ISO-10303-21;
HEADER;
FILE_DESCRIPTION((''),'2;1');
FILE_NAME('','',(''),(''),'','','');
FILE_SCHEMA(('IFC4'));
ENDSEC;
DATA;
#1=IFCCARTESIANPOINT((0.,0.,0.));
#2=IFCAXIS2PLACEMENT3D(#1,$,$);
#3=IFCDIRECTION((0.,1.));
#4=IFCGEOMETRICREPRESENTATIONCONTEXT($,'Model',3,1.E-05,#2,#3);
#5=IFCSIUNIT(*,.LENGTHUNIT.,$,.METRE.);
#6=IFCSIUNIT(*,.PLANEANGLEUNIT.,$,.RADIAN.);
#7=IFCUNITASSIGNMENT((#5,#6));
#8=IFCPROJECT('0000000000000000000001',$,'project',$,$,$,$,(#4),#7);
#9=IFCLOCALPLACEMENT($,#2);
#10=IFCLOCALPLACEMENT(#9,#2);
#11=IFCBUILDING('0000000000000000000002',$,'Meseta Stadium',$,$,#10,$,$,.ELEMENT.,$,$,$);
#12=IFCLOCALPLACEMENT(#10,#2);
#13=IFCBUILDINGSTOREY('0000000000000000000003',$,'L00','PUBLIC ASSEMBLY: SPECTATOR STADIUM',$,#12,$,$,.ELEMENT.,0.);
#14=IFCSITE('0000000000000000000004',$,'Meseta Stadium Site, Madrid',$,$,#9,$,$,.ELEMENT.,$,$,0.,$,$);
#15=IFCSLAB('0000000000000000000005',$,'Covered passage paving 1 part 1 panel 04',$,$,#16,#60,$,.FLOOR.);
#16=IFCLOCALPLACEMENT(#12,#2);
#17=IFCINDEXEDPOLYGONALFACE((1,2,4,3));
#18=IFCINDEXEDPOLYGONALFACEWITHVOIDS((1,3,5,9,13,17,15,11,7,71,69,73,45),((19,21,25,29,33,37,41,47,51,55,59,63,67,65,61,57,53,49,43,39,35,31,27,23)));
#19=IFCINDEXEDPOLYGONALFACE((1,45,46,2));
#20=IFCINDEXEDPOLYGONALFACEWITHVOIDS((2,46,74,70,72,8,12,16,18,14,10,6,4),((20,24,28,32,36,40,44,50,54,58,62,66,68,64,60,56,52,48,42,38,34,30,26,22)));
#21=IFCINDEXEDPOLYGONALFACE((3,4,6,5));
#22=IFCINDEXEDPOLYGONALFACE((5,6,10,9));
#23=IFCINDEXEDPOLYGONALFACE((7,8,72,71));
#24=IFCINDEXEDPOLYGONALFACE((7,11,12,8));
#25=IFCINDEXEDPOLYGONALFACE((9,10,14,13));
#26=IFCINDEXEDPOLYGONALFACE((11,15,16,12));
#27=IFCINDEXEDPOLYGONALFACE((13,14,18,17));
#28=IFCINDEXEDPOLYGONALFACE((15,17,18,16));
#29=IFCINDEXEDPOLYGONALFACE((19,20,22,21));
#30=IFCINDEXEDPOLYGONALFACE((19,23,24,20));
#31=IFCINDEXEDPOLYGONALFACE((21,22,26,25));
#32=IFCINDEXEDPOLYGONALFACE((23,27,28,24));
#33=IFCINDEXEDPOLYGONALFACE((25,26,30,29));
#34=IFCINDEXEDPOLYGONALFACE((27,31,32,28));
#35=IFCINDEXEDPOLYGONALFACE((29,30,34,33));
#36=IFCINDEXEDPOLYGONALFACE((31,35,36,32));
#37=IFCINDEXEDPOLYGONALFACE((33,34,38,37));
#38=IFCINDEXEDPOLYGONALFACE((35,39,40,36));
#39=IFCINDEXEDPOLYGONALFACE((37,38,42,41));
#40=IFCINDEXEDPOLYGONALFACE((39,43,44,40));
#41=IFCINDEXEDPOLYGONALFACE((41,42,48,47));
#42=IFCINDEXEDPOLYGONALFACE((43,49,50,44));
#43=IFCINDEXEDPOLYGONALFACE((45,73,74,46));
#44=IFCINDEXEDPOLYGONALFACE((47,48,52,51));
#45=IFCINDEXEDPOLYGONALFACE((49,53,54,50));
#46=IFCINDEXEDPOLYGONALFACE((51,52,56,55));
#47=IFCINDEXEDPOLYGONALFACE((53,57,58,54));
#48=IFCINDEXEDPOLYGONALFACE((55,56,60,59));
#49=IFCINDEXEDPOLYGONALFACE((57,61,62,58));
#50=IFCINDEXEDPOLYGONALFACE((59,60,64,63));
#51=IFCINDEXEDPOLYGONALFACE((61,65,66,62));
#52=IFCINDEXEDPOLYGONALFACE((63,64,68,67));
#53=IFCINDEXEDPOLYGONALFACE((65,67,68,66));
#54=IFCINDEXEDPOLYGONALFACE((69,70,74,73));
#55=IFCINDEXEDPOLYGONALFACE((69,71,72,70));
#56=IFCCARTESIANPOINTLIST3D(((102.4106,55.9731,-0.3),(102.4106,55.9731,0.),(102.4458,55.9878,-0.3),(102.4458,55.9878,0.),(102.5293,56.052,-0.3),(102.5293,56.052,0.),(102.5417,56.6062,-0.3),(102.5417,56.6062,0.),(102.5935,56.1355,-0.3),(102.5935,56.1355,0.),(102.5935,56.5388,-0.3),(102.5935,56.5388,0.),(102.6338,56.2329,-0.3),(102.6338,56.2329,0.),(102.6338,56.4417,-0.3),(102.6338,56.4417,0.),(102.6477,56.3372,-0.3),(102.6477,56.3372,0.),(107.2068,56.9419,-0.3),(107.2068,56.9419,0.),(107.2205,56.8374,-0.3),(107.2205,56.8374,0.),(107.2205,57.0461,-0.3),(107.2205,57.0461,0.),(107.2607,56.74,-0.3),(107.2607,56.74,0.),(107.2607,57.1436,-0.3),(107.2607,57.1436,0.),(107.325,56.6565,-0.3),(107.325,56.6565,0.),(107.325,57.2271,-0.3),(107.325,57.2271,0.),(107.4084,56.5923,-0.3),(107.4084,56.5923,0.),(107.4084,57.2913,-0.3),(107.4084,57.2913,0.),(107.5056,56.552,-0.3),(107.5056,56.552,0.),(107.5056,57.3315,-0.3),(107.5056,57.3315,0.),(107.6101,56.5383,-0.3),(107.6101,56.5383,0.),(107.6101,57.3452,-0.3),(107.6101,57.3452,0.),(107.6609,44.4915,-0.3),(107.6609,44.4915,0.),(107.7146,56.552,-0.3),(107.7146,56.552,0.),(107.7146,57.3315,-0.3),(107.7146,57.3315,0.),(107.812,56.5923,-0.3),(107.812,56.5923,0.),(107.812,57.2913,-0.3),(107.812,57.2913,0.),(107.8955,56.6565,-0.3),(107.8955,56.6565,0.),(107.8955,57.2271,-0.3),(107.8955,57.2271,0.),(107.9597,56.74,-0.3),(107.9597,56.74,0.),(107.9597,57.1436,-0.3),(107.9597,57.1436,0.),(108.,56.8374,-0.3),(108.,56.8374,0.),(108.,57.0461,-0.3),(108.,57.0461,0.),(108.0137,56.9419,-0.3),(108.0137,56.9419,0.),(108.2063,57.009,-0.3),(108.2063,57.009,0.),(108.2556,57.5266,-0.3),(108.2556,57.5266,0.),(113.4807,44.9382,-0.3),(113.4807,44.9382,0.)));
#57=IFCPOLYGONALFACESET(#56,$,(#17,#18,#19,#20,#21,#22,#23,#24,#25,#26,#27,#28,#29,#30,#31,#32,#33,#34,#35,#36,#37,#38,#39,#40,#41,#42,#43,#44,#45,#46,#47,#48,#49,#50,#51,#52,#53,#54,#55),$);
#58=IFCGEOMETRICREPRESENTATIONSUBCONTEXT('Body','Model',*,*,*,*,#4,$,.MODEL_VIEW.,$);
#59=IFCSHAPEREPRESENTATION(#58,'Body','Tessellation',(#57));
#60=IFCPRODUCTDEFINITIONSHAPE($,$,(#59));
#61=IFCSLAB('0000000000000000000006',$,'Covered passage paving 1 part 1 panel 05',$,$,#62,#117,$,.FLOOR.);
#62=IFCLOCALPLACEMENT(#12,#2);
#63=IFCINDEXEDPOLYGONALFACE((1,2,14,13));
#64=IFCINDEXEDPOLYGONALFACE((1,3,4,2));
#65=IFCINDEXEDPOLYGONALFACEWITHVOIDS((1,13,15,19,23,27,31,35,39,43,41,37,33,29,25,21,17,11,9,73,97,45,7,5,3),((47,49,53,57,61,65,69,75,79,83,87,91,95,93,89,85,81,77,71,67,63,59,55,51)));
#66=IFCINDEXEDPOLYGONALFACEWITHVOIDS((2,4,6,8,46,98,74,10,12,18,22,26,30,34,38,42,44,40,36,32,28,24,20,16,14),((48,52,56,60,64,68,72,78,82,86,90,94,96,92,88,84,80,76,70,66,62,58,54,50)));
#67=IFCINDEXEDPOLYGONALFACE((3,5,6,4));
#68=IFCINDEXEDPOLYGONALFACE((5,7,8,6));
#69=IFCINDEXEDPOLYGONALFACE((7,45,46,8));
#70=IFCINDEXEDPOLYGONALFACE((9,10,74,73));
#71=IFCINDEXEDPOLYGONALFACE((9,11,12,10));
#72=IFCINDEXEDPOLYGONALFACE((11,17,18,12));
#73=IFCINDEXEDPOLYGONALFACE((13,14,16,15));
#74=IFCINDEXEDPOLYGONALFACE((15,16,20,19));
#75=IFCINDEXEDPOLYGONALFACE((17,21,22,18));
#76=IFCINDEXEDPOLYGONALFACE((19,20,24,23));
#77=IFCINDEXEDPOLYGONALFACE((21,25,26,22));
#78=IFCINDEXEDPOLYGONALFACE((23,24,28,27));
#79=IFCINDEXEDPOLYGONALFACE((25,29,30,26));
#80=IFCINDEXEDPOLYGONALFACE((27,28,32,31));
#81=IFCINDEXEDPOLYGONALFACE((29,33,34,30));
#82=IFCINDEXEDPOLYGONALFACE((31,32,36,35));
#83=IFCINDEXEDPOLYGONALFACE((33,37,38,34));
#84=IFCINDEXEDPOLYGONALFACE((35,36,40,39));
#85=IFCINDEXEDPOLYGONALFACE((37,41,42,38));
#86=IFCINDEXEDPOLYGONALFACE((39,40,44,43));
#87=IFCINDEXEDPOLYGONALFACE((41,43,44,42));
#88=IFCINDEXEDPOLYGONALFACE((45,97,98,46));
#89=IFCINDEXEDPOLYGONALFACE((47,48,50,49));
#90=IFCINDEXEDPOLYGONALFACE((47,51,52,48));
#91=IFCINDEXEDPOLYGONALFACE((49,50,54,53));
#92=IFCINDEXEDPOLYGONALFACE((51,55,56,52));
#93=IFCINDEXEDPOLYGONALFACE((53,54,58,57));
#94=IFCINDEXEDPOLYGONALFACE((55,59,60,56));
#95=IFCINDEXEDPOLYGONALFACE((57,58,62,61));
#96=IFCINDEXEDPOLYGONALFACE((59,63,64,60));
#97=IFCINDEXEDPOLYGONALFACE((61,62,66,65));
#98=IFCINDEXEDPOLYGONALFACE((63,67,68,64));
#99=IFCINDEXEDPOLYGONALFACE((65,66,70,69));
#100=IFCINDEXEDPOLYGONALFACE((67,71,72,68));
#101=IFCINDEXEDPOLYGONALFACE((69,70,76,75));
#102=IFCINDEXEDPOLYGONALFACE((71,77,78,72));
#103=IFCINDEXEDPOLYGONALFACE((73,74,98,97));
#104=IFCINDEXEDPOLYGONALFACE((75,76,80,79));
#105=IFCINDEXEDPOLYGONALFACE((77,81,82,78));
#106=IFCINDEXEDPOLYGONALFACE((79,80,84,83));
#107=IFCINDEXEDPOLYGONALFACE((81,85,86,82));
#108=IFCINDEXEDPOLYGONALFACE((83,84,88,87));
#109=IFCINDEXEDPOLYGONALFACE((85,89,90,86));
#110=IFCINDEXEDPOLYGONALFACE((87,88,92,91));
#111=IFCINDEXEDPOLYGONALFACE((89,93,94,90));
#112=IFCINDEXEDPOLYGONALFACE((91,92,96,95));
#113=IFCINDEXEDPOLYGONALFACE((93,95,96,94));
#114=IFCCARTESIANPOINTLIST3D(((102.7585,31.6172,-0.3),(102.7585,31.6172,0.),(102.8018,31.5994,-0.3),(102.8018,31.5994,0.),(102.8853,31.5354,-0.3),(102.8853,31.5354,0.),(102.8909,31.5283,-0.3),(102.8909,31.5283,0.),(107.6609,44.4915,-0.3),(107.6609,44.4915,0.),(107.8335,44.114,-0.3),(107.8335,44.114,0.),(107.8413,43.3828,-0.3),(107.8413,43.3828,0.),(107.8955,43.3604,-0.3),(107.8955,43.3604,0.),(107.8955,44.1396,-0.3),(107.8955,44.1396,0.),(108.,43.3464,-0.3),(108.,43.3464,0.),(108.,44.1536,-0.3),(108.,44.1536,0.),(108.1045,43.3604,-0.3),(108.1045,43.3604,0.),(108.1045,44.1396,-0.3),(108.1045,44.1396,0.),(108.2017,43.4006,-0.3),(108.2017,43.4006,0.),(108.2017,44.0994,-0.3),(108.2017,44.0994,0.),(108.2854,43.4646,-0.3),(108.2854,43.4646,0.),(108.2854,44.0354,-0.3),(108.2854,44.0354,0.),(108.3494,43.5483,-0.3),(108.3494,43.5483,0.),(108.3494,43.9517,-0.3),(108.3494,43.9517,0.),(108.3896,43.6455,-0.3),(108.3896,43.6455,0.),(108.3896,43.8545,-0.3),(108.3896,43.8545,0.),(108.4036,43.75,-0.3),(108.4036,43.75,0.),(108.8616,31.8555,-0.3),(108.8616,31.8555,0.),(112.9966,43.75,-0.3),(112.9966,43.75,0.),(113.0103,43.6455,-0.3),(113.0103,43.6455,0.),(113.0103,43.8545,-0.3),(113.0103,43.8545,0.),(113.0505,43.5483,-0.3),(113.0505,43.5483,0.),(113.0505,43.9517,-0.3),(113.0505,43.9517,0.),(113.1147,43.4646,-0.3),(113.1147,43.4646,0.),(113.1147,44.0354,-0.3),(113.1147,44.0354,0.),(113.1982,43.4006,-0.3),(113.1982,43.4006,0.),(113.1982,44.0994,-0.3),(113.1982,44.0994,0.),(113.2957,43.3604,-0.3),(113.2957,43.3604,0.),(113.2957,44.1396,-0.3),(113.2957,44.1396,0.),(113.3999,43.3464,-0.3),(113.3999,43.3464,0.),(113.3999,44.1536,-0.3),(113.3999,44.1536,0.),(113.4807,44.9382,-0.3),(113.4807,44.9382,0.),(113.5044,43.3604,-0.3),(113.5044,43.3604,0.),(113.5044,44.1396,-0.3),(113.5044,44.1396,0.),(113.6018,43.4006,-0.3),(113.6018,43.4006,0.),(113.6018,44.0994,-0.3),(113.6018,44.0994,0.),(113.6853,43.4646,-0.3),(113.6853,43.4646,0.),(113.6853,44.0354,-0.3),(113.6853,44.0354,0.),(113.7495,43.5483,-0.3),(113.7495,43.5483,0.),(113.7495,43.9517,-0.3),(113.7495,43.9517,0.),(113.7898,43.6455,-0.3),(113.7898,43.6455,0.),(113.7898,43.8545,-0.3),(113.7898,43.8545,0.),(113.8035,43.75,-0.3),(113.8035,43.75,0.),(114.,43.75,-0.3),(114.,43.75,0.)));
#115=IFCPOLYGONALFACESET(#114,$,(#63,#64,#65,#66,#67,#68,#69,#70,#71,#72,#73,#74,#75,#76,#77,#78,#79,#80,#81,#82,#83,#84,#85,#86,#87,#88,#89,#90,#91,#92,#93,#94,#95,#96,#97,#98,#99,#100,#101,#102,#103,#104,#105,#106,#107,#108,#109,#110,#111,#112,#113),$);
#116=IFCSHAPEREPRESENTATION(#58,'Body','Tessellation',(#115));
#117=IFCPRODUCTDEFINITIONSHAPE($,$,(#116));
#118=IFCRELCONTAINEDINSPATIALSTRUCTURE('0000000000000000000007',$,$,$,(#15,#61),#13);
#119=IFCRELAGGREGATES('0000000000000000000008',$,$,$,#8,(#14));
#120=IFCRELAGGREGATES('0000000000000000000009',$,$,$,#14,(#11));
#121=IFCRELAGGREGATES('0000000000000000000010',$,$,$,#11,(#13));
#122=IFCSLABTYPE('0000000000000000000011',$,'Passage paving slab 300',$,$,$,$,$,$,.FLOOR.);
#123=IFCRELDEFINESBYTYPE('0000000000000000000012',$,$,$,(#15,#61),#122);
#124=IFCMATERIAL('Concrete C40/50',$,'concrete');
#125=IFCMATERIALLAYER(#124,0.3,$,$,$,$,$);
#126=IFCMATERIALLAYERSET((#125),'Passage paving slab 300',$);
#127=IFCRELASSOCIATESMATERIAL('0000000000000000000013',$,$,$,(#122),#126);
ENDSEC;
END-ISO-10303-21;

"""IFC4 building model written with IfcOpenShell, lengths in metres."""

from ifc_helpers import new_model, si_unit, direction, frame, origin, place, context, subcontext, project, spatial, polyline, outline, extrude, material, layer, layer_set, type_object, element, save


model = new_model("IFC4")

# Units and contexts
model_context = context("Model", 3, precision=1e-05, world=origin(), true_north=direction((0.0, 1.0)))
body_context = subcontext(model_context, "Body", "Model", "MODEL_VIEW")
ifc_project = project(units=[si_unit("LENGTHUNIT", "METRE"), si_unit("PLANEANGLEUNIT", "RADIAN")], contexts=[model_context])

# Site, building, storey
site_placement = place(None, origin())
site = spatial("IfcSite", under=ifc_project, at=site_placement, Name="Meseta Stadium Site, Madrid", CompositionType="ELEMENT", RefElevation=0.0)
building_placement = place(site_placement, origin())
building = spatial("IfcBuilding", under=site, at=building_placement, Name="Meseta Stadium", CompositionType="ELEMENT")
storey_placement = place(building_placement, origin())
storey = spatial("IfcBuildingStorey", under=building, at=storey_placement, Name="L00", Description="PUBLIC ASSEMBLY: SPECTATOR STADIUM", CompositionType="ELEMENT", Elevation=0.0)

# Slabs
ifc_material_1 = material(Name="Concrete C40/50", Category="concrete")
ifc_layer_1 = layer(ifc_material_1, 0.3)
ifc_layer_set_1 = layer_set([ifc_layer_1], Name="Passage paving slab 300")
slab_type_1 = type_object("IfcSlabType", Name="Passage paving slab 300", PredefinedType="FLOOR", material=ifc_layer_set_1)
slab_1_placement = place(storey_placement, frame((0.0, 0.0, -0.3)))
element("IfcSlab", 1, at=slab_1_placement, inside=storey, type_object=slab_type_1, Name="Covered passage paving 1 part 1 panel 04", PredefinedType="FLOOR", context=body_context, shape_type="SweptSolid", body=[
    extrude(outline(polyline([(113.4807, 44.9382), (108.2063, 57.009), (108.2556, 57.5266), (102.5417, 56.6062), (102.5935, 56.5388), (102.6338, 56.4417), (102.6477, 56.3372), (102.6338, 56.2329), (102.5935, 56.1355), (102.5293, 56.052), (102.4458, 55.9878), (102.4106, 55.9731), (107.6609, 44.4915), (113.4807, 44.9382)]), holes=[polyline([(107.7146, 56.552), (107.6101, 56.5383), (107.5056, 56.552), (107.4084, 56.5923), (107.325, 56.6565), (107.2607, 56.74), (107.2205, 56.8374), (107.2068, 56.9419), (107.2205, 57.0461), (107.2607, 57.1436), (107.325, 57.2271), (107.4084, 57.2913), (107.5056, 57.3315), (107.6101, 57.3452), (107.7146, 57.3315), (107.812, 57.2913), (107.8955, 57.2271), (107.9597, 57.1436), (108.0, 57.0461), (108.0137, 56.9419), (108.0, 56.8374), (107.9597, 56.74), (107.8955, 56.6565), (107.812, 56.5923), (107.7146, 56.552)])]), origin(), (0.0, 0.0, 1.0), 0.3),
])
slab_2_placement = place(storey_placement, frame((0.0, 0.0, -0.3)))
element("IfcSlab", 2, at=slab_2_placement, inside=storey, type_object=slab_type_1, Name="Covered passage paving 1 part 1 panel 05", PredefinedType="FLOOR", context=body_context, shape_type="SweptSolid", body=[
    extrude(outline(polyline([(108.8616, 31.8555), (114.0, 43.75), (113.4807, 44.9382), (107.6609, 44.4915), (107.8335, 44.114), (107.8955, 44.1396), (108.0, 44.1536), (108.1045, 44.1396), (108.2017, 44.0994), (108.2854, 44.0354), (108.3494, 43.9517), (108.3896, 43.8545), (108.4036, 43.75), (108.3896, 43.6455), (108.3494, 43.5483), (108.2854, 43.4646), (108.2017, 43.4006), (108.1045, 43.3604), (108.0, 43.3464), (107.8955, 43.3604), (107.8413, 43.3828), (102.7585, 31.6172), (102.8018, 31.5994), (102.8853, 31.5354), (102.8909, 31.5283), (108.8616, 31.8555)]), holes=[polyline([(113.5044, 43.3604), (113.3999, 43.3464), (113.2957, 43.3604), (113.1982, 43.4006), (113.1147, 43.4646), (113.0505, 43.5483), (113.0103, 43.6455), (112.9966, 43.75), (113.0103, 43.8545), (113.0505, 43.9517), (113.1147, 44.0354), (113.1982, 44.0994), (113.2957, 44.1396), (113.3999, 44.1536), (113.5044, 44.1396), (113.6018, 44.0994), (113.6853, 44.0354), (113.7495, 43.9517), (113.7898, 43.8545), (113.8035, 43.75), (113.7898, 43.6455), (113.7495, 43.5483), (113.6853, 43.4646), (113.6018, 43.4006), (113.5044, 43.3604)])]), origin(), (0.0, 0.0, 1.0), 0.3),
])

save(model, "model.ifc")
